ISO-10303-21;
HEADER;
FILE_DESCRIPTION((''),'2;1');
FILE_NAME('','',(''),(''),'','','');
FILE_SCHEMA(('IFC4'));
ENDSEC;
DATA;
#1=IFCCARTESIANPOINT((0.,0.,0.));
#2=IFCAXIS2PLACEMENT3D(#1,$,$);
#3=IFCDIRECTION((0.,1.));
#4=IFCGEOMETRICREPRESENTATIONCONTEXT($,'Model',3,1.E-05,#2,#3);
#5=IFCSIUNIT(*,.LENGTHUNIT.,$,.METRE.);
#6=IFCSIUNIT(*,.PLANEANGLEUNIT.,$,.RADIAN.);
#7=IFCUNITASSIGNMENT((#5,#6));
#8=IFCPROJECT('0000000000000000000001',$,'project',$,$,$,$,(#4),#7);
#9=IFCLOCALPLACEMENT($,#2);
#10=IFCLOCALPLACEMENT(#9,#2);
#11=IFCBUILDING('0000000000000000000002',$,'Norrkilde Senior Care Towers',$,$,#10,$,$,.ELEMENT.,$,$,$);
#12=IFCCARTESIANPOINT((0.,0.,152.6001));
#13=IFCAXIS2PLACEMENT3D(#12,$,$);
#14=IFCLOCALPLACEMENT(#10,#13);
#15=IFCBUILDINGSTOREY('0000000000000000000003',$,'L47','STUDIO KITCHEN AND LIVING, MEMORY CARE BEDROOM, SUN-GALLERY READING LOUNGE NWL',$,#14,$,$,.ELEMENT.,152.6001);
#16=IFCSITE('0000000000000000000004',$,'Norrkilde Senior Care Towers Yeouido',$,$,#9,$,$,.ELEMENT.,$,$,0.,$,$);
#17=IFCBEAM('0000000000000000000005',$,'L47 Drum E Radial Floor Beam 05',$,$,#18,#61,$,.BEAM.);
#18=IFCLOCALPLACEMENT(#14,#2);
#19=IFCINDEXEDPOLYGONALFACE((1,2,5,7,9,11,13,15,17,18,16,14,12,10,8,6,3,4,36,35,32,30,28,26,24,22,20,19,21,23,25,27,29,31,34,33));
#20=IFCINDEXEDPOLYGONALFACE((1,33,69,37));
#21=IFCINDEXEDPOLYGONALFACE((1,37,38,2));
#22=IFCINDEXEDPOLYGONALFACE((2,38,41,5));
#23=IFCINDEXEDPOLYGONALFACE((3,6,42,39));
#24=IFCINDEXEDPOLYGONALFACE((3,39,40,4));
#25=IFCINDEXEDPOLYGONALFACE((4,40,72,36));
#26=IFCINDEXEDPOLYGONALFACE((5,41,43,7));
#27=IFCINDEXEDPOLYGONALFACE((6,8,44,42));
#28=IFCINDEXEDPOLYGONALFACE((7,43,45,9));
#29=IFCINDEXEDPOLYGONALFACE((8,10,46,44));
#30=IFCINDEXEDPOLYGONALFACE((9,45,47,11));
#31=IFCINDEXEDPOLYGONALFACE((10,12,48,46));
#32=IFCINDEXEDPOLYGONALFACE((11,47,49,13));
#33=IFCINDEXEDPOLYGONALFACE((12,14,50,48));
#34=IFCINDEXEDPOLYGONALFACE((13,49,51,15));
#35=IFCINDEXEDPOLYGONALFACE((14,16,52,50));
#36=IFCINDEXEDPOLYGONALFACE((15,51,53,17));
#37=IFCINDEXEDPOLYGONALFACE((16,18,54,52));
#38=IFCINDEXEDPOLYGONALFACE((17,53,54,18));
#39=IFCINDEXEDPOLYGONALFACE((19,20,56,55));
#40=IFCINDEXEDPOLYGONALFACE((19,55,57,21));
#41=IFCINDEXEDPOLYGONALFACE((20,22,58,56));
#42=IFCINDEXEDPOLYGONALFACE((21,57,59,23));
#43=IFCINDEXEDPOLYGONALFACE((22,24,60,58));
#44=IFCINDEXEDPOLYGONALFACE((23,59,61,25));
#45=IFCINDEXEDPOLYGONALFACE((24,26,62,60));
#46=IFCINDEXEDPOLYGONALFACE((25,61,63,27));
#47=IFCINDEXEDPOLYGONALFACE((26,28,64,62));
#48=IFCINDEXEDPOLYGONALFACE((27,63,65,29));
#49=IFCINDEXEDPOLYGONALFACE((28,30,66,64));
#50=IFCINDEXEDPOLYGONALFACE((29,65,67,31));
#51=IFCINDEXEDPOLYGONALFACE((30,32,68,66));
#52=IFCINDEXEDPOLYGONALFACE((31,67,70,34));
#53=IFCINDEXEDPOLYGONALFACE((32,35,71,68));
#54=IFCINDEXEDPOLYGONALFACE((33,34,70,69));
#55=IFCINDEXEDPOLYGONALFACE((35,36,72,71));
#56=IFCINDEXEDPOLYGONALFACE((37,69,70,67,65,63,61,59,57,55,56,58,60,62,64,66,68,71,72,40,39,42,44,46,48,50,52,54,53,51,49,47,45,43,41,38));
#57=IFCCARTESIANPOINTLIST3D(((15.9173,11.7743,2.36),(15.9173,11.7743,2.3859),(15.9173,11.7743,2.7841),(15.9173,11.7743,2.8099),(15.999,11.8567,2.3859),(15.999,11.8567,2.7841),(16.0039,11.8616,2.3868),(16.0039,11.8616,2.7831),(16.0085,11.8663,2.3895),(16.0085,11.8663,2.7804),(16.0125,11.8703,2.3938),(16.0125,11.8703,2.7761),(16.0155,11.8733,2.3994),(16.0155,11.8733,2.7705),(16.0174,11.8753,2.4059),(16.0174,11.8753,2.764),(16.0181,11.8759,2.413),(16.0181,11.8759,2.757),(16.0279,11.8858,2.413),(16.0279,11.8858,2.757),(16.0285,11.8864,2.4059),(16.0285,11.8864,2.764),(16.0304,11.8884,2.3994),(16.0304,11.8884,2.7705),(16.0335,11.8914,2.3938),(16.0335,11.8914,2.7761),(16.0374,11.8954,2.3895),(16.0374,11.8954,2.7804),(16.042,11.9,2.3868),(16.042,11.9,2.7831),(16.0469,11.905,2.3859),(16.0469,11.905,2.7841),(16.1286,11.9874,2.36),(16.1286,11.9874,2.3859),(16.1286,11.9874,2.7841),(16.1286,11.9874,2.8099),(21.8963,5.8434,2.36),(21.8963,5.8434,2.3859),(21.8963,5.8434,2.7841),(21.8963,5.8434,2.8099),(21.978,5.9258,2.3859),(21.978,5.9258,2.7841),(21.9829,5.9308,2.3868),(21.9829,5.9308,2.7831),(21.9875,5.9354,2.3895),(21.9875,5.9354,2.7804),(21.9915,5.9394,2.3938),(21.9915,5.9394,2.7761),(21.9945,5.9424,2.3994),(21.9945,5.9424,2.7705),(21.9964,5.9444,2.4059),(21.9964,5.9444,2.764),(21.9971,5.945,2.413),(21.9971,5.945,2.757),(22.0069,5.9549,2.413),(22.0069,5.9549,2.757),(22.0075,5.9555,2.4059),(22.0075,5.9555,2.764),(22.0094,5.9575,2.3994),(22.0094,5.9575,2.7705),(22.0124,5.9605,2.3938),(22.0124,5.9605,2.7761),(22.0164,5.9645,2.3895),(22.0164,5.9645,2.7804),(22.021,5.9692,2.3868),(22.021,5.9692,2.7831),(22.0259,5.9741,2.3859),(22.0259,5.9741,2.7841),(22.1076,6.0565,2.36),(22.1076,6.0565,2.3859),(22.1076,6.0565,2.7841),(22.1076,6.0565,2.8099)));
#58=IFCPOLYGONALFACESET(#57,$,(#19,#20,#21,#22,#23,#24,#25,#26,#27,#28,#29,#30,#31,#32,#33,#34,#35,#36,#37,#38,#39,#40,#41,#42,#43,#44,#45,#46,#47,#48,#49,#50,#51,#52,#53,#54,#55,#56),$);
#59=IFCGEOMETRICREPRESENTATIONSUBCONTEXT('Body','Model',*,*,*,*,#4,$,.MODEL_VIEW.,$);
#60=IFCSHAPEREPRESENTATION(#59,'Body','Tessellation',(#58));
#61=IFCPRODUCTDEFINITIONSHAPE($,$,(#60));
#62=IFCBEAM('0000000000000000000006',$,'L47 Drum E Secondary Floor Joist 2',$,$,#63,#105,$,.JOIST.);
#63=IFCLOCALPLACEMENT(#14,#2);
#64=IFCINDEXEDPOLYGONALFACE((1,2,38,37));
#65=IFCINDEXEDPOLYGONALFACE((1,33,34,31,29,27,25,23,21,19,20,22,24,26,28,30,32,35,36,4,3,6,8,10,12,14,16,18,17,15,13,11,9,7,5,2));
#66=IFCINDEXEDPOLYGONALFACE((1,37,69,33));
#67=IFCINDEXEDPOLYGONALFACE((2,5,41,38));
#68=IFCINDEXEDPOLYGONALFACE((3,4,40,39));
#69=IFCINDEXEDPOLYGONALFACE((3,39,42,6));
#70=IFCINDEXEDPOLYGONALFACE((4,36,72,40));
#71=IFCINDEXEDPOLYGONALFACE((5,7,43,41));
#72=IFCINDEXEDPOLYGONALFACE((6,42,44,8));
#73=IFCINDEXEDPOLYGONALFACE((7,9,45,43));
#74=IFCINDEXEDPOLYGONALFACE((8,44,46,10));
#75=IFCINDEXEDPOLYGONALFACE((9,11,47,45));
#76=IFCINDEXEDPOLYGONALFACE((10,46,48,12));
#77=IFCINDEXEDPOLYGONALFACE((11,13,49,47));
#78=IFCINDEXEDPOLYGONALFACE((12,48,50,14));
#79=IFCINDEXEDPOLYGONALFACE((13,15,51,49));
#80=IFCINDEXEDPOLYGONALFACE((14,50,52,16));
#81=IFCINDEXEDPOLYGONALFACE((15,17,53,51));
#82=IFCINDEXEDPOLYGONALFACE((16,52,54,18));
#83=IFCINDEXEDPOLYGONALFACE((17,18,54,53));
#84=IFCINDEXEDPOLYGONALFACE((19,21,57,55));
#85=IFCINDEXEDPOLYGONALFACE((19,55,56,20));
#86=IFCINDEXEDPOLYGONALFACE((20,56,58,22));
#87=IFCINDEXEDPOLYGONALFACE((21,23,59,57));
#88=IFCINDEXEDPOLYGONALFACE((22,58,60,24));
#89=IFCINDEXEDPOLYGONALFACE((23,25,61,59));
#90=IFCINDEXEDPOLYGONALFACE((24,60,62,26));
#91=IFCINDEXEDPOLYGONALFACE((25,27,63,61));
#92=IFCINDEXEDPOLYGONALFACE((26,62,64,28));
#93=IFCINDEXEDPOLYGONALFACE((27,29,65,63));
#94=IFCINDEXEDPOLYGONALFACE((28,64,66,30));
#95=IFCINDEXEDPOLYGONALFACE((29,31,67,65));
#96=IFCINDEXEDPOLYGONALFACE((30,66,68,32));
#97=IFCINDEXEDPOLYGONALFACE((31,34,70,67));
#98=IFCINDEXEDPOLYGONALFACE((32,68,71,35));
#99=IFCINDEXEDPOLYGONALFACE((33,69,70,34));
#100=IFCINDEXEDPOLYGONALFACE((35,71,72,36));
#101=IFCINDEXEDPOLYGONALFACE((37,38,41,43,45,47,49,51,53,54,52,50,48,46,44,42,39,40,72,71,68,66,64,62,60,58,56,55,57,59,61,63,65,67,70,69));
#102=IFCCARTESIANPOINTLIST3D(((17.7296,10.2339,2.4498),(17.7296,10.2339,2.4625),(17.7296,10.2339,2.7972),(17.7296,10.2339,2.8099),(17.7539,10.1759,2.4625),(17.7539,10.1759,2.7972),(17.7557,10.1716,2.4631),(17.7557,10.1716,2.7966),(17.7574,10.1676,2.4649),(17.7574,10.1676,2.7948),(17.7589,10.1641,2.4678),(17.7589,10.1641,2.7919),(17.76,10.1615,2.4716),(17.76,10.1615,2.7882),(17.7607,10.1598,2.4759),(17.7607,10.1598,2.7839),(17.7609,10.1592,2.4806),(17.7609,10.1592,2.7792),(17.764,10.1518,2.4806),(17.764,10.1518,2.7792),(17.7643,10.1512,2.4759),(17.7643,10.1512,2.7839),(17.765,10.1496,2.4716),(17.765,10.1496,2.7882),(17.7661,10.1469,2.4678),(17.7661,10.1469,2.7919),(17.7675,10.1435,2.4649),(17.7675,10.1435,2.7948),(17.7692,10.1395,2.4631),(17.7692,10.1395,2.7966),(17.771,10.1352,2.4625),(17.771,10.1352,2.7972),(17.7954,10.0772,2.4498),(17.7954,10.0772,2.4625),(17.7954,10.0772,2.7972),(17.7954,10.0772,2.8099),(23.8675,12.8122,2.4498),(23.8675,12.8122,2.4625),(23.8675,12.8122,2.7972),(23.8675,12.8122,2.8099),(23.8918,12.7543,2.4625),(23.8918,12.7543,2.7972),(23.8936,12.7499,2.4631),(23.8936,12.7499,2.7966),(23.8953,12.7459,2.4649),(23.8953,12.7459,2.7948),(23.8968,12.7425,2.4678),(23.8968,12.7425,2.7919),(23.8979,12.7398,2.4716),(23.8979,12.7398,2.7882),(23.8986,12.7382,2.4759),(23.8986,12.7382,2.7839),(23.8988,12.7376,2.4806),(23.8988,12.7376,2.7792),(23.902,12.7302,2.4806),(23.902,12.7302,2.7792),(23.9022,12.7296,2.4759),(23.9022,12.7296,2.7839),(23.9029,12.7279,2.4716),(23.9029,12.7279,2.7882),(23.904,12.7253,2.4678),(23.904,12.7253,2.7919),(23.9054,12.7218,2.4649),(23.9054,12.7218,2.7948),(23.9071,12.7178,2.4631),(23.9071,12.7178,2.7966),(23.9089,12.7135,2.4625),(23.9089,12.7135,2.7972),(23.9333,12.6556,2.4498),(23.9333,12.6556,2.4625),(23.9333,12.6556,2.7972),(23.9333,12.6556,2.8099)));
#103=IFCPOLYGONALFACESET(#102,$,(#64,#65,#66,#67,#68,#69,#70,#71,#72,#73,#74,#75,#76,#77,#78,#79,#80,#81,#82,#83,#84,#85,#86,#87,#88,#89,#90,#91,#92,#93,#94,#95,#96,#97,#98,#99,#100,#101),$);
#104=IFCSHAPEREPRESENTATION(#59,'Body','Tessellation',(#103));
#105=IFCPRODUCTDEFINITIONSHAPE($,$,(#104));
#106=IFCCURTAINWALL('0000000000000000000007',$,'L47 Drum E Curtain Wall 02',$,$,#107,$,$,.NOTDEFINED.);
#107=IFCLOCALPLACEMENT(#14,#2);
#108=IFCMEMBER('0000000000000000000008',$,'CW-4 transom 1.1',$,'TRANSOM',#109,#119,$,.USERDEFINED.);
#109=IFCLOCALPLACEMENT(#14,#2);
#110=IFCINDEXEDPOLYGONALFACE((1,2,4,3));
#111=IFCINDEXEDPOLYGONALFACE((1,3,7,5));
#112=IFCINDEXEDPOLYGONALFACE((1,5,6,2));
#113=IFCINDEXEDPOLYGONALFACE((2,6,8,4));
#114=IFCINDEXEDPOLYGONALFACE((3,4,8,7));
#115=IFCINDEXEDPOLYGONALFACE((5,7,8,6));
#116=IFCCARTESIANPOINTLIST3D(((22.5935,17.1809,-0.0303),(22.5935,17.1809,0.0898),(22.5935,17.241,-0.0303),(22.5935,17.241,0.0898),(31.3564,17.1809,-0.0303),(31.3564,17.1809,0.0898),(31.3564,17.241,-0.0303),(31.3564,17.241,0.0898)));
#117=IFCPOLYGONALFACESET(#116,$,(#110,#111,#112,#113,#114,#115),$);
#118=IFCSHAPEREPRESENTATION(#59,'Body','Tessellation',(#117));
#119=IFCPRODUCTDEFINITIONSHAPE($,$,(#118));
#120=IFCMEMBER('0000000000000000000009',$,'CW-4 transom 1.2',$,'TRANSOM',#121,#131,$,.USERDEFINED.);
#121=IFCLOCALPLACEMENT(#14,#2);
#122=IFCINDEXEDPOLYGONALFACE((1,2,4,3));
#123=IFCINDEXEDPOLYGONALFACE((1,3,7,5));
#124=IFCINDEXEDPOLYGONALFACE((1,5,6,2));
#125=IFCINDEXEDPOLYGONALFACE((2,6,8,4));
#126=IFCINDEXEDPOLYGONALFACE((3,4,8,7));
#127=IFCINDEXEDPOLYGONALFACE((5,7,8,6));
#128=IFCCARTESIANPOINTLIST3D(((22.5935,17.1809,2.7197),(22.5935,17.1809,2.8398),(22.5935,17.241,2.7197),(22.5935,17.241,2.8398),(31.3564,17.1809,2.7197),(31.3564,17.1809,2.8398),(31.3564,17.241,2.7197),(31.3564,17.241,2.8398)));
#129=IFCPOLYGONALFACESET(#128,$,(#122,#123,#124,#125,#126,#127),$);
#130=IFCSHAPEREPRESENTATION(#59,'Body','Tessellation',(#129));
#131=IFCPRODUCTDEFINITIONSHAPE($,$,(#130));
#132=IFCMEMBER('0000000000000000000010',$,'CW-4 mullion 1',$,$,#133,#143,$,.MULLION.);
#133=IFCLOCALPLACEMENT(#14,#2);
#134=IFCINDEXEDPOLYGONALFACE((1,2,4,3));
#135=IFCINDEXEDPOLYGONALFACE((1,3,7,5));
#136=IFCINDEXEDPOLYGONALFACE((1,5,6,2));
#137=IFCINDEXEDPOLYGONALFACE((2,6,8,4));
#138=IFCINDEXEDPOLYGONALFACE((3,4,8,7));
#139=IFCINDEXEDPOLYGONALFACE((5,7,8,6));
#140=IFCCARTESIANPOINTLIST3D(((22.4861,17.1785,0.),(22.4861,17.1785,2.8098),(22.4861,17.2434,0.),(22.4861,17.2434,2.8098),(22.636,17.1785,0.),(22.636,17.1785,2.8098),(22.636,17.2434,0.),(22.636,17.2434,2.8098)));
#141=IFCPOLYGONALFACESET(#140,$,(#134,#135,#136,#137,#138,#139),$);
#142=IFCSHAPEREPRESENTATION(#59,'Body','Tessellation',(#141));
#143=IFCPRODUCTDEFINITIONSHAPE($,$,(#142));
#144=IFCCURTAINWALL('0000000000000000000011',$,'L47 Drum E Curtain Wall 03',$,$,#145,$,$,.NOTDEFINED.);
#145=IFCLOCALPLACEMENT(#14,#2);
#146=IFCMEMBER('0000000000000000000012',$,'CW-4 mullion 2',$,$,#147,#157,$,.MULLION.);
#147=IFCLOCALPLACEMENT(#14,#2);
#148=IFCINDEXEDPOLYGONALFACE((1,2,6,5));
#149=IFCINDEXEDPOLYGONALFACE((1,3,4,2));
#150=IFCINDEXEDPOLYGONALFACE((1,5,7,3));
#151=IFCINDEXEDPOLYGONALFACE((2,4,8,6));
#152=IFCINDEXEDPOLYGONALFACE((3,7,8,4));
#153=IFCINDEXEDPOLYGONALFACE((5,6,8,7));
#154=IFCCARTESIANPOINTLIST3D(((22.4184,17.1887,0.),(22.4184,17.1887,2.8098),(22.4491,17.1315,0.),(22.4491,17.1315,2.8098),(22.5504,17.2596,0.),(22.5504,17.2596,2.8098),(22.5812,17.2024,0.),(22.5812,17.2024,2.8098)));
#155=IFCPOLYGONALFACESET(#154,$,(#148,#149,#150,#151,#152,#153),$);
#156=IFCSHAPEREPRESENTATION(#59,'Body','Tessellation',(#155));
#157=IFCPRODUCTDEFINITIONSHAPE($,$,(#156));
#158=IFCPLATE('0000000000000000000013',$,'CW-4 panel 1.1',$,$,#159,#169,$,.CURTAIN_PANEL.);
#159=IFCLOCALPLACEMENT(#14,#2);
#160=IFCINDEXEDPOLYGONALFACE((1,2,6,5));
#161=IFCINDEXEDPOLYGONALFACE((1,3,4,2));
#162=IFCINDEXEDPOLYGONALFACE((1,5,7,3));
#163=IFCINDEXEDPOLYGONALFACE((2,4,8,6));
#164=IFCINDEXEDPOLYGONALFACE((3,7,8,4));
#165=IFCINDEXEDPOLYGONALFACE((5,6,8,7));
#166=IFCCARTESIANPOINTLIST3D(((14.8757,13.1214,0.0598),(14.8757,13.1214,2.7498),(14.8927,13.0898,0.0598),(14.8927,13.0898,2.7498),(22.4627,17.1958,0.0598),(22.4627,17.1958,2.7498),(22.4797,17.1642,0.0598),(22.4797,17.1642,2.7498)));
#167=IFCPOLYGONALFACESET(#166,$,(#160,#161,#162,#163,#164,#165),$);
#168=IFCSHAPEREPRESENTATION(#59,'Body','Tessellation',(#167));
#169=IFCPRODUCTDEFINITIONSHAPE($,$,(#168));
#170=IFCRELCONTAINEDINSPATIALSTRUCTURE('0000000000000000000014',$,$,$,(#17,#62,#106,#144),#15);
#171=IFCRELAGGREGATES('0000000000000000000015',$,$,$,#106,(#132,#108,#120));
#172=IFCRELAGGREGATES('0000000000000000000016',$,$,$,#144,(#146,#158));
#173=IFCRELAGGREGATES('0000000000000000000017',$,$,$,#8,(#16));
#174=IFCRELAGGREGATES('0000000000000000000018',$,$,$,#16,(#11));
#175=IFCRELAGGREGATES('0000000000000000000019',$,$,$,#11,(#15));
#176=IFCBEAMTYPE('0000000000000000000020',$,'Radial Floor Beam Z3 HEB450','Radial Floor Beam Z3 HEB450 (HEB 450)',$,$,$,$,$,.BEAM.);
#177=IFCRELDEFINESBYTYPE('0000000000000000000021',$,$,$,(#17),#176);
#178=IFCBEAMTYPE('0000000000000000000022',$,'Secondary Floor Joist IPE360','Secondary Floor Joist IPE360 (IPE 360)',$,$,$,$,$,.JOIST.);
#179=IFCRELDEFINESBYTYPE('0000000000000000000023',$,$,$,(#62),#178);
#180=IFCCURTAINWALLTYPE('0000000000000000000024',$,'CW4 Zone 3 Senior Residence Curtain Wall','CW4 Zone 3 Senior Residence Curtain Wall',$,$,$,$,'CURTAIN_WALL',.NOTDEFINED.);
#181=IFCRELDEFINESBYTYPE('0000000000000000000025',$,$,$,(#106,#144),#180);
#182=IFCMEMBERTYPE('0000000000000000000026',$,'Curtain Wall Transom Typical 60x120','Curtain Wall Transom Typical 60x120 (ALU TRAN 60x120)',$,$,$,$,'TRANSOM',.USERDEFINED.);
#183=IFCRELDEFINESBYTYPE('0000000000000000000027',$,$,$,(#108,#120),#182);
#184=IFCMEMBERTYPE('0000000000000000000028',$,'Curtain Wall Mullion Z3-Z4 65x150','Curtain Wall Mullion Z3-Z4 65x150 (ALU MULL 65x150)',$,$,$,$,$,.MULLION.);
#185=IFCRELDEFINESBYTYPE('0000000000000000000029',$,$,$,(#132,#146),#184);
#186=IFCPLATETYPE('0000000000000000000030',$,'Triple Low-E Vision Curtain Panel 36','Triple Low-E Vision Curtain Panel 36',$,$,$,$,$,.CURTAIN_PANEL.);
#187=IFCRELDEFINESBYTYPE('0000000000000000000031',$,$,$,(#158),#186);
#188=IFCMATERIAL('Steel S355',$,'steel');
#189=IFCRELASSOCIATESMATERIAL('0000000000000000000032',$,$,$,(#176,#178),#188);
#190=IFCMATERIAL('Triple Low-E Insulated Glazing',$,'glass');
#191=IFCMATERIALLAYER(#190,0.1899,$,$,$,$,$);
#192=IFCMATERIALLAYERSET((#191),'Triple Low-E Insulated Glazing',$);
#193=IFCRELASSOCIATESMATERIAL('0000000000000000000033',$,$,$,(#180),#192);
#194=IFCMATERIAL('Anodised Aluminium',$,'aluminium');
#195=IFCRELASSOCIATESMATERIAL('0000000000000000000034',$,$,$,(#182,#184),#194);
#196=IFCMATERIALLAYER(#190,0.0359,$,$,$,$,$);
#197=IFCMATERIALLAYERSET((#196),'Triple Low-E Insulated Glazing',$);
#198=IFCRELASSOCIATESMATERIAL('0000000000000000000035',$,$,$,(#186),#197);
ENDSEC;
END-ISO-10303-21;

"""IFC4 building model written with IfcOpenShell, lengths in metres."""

from ifc_helpers import new_model, si_unit, direction, frame, origin, origin_2d, place, context, subcontext, project, spatial, rectangle, i_section, extrude, source, transform, mapped, material, layer, layer_set, material_profile, profile_set, type_object, type_shapes, element, aggregate, save


model = new_model("IFC4")

# Units and contexts
model_context = context("Model", 3, precision=1e-05, world=origin(), true_north=direction((0.0, 1.0)))
body_context = subcontext(model_context, "Body", "Model", "MODEL_VIEW")
ifc_project = project(units=[si_unit("LENGTHUNIT", "METRE"), si_unit("PLANEANGLEUNIT", "RADIAN")], contexts=[model_context])

# Site, building, storey
site_placement = place(None, origin())
site = spatial("IfcSite", under=ifc_project, at=site_placement, Name="Norrkilde Senior Care Towers Yeouido", CompositionType="ELEMENT", RefElevation=0.0)
building_placement = place(site_placement, origin())
building = spatial("IfcBuilding", under=site, at=building_placement, Name="Norrkilde Senior Care Towers", CompositionType="ELEMENT")
storey_placement = place(building_placement, frame((0.0, 0.0, 152.6001)))
storey = spatial("IfcBuildingStorey", under=building, at=storey_placement, Name="L47", Description="STUDIO KITCHEN AND LIVING, MEMORY CARE BEDROOM, SUN-GALLERY READING LOUNGE NWL", CompositionType="ELEMENT", Elevation=152.6001)

# Beams
ifc_material_1 = material(Name="Steel S355", Category="steel")
ifc_material_profile_1 = material_profile(ifc_material_1, i_section(OverallWidth=0.3, OverallDepth=0.45, WebThickness=0.0139, FlangeThickness=0.0259, FilletRadius=0.0271, at=origin_2d()), Name="HEB 450")
ifc_profile_set_1 = profile_set([ifc_material_profile_1], Name="Steel S355")
beam_type_1 = type_object("IfcBeamType", Name="Radial Floor Beam Z3 HEB450", Description="Radial Floor Beam Z3 HEB450 (HEB 450)", PredefinedType="BEAM", material=ifc_profile_set_1)
shared_shape_1 = source(origin(), body_context, "Body", "SweptSolid", [
    extrude(i_section(OverallWidth=0.3, OverallDepth=0.45, WebThickness=0.0139, FlangeThickness=0.0259, FilletRadius=0.0271, at=origin_2d()), origin(), (0.0, 0.0, 1.0), 8.4216),
])
beam_1_placement = place(storey_placement, frame((22.002, 5.95, 2.585), z_axis=(-0.709956, 0.704246, 0.0), x_axis=(-0.704246, -0.709956, 0.0)))
element("IfcBeam", 1, at=beam_1_placement, inside=storey, type_object=beam_type_1, Name="L47 Drum E Radial Floor Beam 05", PredefinedType="BEAM", context=body_context, shape_type="MappedRepresentation", body=[
    mapped(shared_shape_1, transform((0.0, 0.0, 0.0), x_axis=(1.0, 0.0, 0.0), y_axis=(0.0, 1.0, 0.0), z_axis=(0.0, 0.0, 1.0), scale=1.0)),
])
ifc_material_profile_2 = material_profile(ifc_material_1, i_section(OverallWidth=0.1699, OverallDepth=0.3601, WebThickness=0.0081, FlangeThickness=0.0127, FilletRadius=0.0181, at=origin_2d()), Name="IPE 360")
ifc_profile_set_2 = profile_set([ifc_material_profile_2], Name="Steel S355")
beam_type_2 = type_object("IfcBeamType", Name="Secondary Floor Joist IPE360", Description="Secondary Floor Joist IPE360 (IPE 360)", PredefinedType="JOIST", material=ifc_profile_set_2)
shared_shape_2 = source(origin(), body_context, "Body", "SweptSolid", [
    extrude(i_section(OverallWidth=0.1699, OverallDepth=0.3601, WebThickness=0.0081, FlangeThickness=0.0127, FilletRadius=0.0181, at=origin_2d()), origin(), (0.0, 0.0, 1.0), 6.6575),
])
type_shapes(beam_type_2, [shared_shape_2])
beam_2_placement = place(storey_placement, frame((23.9004, 12.7339, 2.6299), z_axis=(-0.921959, -0.387288, 0.0), x_axis=(0.387288, -0.921959, 0.0)))
element("IfcBeam", 2, at=beam_2_placement, inside=storey, type_object=beam_type_2, Name="L47 Drum E Secondary Floor Joist 2", PredefinedType="JOIST", context=body_context, shape_type="MappedRepresentation", body=[
    mapped(shared_shape_2, transform((0.0, 0.0, 0.0), x_axis=(1.0, 0.0, 0.0), y_axis=(0.0, 1.0, 0.0), z_axis=(0.0, 0.0, 1.0), scale=1.0)),
])

# Curtain wall, members
ifc_material_2 = material(Name="Triple Low-E Insulated Glazing", Category="glass")
ifc_layer_1 = layer(ifc_material_2, 0.1899)
ifc_layer_set_1 = layer_set([ifc_layer_1], Name="Triple Low-E Insulated Glazing")
curtain_wall_type = type_object("IfcCurtainWallType", Name="CW4 Zone 3 Senior Residence Curtain Wall", Description="CW4 Zone 3 Senior Residence Curtain Wall", ElementType="CURTAIN_WALL", PredefinedType="NOTDEFINED", material=ifc_layer_set_1)
curtain_wall_1_placement = place(storey_placement, origin())
curtain_wall_1 = element("IfcCurtainWall", 3, at=curtain_wall_1_placement, inside=storey, type_object=curtain_wall_type, Name="L47 Drum E Curtain Wall 02", PredefinedType="NOTDEFINED")
ifc_material_3 = material(Name="Anodised Aluminium", Category="aluminium")
ifc_material_profile_3 = material_profile(ifc_material_3, rectangle(XDim=0.0601, YDim=0.1201, at=origin_2d()), Name="ALU TRAN 60x120")
ifc_profile_set_3 = profile_set([ifc_material_profile_3], Name="Anodised Aluminium")
member_type_1 = type_object("IfcMemberType", Name="Curtain Wall Transom Typical 60x120", Description="Curtain Wall Transom Typical 60x120 (ALU TRAN 60x120)", ElementType="TRANSOM", PredefinedType="USERDEFINED", material=ifc_profile_set_3)
shared_shape_3 = source(origin(), body_context, "Body", "SweptSolid", [
    extrude(rectangle(XDim=0.0601, YDim=0.1201, at=origin_2d()), origin(), (0.0, 0.0, 1.0), 8.7629),
])
type_shapes(member_type_1, [shared_shape_3])
member_1_placement = place(storey_placement, frame((22.5935, 17.2109, 0.0298), z_axis=(1.0, 0.0, 0.0), x_axis=(0.0, 1.0, 0.0)))
member_1 = element("IfcMember", 4, at=member_1_placement, type_object=member_type_1, Name="CW-4 transom 1.1", ObjectType="TRANSOM", PredefinedType="USERDEFINED", context=body_context, shape_type="MappedRepresentation", body=[
    mapped(shared_shape_3, transform((0.0, 0.0, 0.0), x_axis=(1.0, 0.0, 0.0), y_axis=(0.0, 1.0, 0.0), z_axis=(0.0, 0.0, 1.0), scale=1.0)),
])
member_2_placement = place(storey_placement, frame((22.5935, 17.2109, 2.7798), z_axis=(1.0, 0.0, 0.0), x_axis=(0.0, 1.0, 0.0)))
member_2 = element("IfcMember", 5, at=member_2_placement, type_object=member_type_1, Name="CW-4 transom 1.2", ObjectType="TRANSOM", PredefinedType="USERDEFINED", context=body_context, shape_type="MappedRepresentation", body=[
    mapped(shared_shape_3, transform((0.0, 0.0, 0.0), x_axis=(1.0, 0.0, 0.0), y_axis=(0.0, 1.0, 0.0), z_axis=(0.0, 0.0, 1.0), scale=1.0)),
])
ifc_material_profile_4 = material_profile(ifc_material_3, rectangle(XDim=0.0649, YDim=0.1499, at=origin_2d()), Name="ALU MULL 65x150")
ifc_profile_set_4 = profile_set([ifc_material_profile_4], Name="Anodised Aluminium")
member_type_2 = type_object("IfcMemberType", Name="Curtain Wall Mullion Z3-Z4 65x150", Description="Curtain Wall Mullion Z3-Z4 65x150 (ALU MULL 65x150)", PredefinedType="MULLION", material=ifc_profile_set_4)
shared_shape_4 = source(origin(), body_context, "Body", "SweptSolid", [
    extrude(rectangle(XDim=0.0649, YDim=0.1499, at=origin_2d()), origin(), (0.0, 0.0, 1.0), 2.8098),
])
type_shapes(member_type_2, [shared_shape_4])
member_3_placement = place(storey_placement, frame((22.561, 17.2109, 0.0), z_axis=(0.0, 0.0, 1.0), x_axis=(0.0, 1.0, 0.0)))
member_3 = element("IfcMember", 6, at=member_3_placement, type_object=member_type_2, Name="CW-4 mullion 1", PredefinedType="MULLION", context=body_context, shape_type="MappedRepresentation", body=[
    mapped(shared_shape_4, transform((0.0, 0.0, 0.0), x_axis=(1.0, 0.0, 0.0), y_axis=(0.0, 1.0, 0.0), z_axis=(0.0, 0.0, 1.0), scale=1.0)),
])
aggregate(curtain_wall_1, [member_3, member_1, member_2])

# Curtain wall, member, plate
curtain_wall_2_placement = place(storey_placement, origin())
curtain_wall_2 = element("IfcCurtainWall", 7, at=curtain_wall_2_placement, inside=storey, type_object=curtain_wall_type, Name="L47 Drum E Curtain Wall 03", PredefinedType="NOTDEFINED")
member_4_placement = place(storey_placement, frame((22.4998, 17.1956, 0.0), z_axis=(0.0, 0.0, 1.0), x_axis=(-0.473117, 0.881, 0.0)))
member_4 = element("IfcMember", 8, at=member_4_placement, type_object=member_type_2, Name="CW-4 mullion 2", PredefinedType="MULLION", context=body_context, shape_type="MappedRepresentation", body=[
    mapped(shared_shape_4, transform((0.0, 0.0, 0.0), x_axis=(1.0, 0.0, 0.0), y_axis=(0.0, 1.0, 0.0), z_axis=(0.0, 0.0, 1.0), scale=1.0)),
])
ifc_layer_2 = layer(ifc_material_2, 0.0359)
ifc_layer_set_2 = layer_set([ifc_layer_2], Name="Triple Low-E Insulated Glazing")
plate_type = type_object("IfcPlateType", Name="Triple Low-E Vision Curtain Panel 36", Description="Triple Low-E Vision Curtain Panel 36", PredefinedType="CURTAIN_PANEL", material=ifc_layer_set_2)
shared_shape_5 = source(origin(), body_context, "Body", "SweptSolid", [
    extrude(rectangle(XDim=8.6118, YDim=0.0359, at=origin_2d()), origin(), (0.0, 0.0, 1.0), 2.6899),
])
type_shapes(plate_type, [shared_shape_5])
plate_placement = place(storey_placement, frame((18.6777, 15.1428, 0.0598), z_axis=(0.0, 0.0, 1.0), x_axis=(0.881, 0.473117, 0.0)))
plate = element("IfcPlate", 9, at=plate_placement, type_object=plate_type, Name="CW-4 panel 1.1", PredefinedType="CURTAIN_PANEL", context=body_context, shape_type="MappedRepresentation", body=[
    mapped(shared_shape_5, transform((0.0, 0.0, 0.0), x_axis=(1.0, 0.0, 0.0), y_axis=(0.0, 1.0, 0.0), z_axis=(0.0, 0.0, 1.0), scale=1.0)),
])
aggregate(curtain_wall_2, [member_4, plate])

save(model, "model.ifc")
